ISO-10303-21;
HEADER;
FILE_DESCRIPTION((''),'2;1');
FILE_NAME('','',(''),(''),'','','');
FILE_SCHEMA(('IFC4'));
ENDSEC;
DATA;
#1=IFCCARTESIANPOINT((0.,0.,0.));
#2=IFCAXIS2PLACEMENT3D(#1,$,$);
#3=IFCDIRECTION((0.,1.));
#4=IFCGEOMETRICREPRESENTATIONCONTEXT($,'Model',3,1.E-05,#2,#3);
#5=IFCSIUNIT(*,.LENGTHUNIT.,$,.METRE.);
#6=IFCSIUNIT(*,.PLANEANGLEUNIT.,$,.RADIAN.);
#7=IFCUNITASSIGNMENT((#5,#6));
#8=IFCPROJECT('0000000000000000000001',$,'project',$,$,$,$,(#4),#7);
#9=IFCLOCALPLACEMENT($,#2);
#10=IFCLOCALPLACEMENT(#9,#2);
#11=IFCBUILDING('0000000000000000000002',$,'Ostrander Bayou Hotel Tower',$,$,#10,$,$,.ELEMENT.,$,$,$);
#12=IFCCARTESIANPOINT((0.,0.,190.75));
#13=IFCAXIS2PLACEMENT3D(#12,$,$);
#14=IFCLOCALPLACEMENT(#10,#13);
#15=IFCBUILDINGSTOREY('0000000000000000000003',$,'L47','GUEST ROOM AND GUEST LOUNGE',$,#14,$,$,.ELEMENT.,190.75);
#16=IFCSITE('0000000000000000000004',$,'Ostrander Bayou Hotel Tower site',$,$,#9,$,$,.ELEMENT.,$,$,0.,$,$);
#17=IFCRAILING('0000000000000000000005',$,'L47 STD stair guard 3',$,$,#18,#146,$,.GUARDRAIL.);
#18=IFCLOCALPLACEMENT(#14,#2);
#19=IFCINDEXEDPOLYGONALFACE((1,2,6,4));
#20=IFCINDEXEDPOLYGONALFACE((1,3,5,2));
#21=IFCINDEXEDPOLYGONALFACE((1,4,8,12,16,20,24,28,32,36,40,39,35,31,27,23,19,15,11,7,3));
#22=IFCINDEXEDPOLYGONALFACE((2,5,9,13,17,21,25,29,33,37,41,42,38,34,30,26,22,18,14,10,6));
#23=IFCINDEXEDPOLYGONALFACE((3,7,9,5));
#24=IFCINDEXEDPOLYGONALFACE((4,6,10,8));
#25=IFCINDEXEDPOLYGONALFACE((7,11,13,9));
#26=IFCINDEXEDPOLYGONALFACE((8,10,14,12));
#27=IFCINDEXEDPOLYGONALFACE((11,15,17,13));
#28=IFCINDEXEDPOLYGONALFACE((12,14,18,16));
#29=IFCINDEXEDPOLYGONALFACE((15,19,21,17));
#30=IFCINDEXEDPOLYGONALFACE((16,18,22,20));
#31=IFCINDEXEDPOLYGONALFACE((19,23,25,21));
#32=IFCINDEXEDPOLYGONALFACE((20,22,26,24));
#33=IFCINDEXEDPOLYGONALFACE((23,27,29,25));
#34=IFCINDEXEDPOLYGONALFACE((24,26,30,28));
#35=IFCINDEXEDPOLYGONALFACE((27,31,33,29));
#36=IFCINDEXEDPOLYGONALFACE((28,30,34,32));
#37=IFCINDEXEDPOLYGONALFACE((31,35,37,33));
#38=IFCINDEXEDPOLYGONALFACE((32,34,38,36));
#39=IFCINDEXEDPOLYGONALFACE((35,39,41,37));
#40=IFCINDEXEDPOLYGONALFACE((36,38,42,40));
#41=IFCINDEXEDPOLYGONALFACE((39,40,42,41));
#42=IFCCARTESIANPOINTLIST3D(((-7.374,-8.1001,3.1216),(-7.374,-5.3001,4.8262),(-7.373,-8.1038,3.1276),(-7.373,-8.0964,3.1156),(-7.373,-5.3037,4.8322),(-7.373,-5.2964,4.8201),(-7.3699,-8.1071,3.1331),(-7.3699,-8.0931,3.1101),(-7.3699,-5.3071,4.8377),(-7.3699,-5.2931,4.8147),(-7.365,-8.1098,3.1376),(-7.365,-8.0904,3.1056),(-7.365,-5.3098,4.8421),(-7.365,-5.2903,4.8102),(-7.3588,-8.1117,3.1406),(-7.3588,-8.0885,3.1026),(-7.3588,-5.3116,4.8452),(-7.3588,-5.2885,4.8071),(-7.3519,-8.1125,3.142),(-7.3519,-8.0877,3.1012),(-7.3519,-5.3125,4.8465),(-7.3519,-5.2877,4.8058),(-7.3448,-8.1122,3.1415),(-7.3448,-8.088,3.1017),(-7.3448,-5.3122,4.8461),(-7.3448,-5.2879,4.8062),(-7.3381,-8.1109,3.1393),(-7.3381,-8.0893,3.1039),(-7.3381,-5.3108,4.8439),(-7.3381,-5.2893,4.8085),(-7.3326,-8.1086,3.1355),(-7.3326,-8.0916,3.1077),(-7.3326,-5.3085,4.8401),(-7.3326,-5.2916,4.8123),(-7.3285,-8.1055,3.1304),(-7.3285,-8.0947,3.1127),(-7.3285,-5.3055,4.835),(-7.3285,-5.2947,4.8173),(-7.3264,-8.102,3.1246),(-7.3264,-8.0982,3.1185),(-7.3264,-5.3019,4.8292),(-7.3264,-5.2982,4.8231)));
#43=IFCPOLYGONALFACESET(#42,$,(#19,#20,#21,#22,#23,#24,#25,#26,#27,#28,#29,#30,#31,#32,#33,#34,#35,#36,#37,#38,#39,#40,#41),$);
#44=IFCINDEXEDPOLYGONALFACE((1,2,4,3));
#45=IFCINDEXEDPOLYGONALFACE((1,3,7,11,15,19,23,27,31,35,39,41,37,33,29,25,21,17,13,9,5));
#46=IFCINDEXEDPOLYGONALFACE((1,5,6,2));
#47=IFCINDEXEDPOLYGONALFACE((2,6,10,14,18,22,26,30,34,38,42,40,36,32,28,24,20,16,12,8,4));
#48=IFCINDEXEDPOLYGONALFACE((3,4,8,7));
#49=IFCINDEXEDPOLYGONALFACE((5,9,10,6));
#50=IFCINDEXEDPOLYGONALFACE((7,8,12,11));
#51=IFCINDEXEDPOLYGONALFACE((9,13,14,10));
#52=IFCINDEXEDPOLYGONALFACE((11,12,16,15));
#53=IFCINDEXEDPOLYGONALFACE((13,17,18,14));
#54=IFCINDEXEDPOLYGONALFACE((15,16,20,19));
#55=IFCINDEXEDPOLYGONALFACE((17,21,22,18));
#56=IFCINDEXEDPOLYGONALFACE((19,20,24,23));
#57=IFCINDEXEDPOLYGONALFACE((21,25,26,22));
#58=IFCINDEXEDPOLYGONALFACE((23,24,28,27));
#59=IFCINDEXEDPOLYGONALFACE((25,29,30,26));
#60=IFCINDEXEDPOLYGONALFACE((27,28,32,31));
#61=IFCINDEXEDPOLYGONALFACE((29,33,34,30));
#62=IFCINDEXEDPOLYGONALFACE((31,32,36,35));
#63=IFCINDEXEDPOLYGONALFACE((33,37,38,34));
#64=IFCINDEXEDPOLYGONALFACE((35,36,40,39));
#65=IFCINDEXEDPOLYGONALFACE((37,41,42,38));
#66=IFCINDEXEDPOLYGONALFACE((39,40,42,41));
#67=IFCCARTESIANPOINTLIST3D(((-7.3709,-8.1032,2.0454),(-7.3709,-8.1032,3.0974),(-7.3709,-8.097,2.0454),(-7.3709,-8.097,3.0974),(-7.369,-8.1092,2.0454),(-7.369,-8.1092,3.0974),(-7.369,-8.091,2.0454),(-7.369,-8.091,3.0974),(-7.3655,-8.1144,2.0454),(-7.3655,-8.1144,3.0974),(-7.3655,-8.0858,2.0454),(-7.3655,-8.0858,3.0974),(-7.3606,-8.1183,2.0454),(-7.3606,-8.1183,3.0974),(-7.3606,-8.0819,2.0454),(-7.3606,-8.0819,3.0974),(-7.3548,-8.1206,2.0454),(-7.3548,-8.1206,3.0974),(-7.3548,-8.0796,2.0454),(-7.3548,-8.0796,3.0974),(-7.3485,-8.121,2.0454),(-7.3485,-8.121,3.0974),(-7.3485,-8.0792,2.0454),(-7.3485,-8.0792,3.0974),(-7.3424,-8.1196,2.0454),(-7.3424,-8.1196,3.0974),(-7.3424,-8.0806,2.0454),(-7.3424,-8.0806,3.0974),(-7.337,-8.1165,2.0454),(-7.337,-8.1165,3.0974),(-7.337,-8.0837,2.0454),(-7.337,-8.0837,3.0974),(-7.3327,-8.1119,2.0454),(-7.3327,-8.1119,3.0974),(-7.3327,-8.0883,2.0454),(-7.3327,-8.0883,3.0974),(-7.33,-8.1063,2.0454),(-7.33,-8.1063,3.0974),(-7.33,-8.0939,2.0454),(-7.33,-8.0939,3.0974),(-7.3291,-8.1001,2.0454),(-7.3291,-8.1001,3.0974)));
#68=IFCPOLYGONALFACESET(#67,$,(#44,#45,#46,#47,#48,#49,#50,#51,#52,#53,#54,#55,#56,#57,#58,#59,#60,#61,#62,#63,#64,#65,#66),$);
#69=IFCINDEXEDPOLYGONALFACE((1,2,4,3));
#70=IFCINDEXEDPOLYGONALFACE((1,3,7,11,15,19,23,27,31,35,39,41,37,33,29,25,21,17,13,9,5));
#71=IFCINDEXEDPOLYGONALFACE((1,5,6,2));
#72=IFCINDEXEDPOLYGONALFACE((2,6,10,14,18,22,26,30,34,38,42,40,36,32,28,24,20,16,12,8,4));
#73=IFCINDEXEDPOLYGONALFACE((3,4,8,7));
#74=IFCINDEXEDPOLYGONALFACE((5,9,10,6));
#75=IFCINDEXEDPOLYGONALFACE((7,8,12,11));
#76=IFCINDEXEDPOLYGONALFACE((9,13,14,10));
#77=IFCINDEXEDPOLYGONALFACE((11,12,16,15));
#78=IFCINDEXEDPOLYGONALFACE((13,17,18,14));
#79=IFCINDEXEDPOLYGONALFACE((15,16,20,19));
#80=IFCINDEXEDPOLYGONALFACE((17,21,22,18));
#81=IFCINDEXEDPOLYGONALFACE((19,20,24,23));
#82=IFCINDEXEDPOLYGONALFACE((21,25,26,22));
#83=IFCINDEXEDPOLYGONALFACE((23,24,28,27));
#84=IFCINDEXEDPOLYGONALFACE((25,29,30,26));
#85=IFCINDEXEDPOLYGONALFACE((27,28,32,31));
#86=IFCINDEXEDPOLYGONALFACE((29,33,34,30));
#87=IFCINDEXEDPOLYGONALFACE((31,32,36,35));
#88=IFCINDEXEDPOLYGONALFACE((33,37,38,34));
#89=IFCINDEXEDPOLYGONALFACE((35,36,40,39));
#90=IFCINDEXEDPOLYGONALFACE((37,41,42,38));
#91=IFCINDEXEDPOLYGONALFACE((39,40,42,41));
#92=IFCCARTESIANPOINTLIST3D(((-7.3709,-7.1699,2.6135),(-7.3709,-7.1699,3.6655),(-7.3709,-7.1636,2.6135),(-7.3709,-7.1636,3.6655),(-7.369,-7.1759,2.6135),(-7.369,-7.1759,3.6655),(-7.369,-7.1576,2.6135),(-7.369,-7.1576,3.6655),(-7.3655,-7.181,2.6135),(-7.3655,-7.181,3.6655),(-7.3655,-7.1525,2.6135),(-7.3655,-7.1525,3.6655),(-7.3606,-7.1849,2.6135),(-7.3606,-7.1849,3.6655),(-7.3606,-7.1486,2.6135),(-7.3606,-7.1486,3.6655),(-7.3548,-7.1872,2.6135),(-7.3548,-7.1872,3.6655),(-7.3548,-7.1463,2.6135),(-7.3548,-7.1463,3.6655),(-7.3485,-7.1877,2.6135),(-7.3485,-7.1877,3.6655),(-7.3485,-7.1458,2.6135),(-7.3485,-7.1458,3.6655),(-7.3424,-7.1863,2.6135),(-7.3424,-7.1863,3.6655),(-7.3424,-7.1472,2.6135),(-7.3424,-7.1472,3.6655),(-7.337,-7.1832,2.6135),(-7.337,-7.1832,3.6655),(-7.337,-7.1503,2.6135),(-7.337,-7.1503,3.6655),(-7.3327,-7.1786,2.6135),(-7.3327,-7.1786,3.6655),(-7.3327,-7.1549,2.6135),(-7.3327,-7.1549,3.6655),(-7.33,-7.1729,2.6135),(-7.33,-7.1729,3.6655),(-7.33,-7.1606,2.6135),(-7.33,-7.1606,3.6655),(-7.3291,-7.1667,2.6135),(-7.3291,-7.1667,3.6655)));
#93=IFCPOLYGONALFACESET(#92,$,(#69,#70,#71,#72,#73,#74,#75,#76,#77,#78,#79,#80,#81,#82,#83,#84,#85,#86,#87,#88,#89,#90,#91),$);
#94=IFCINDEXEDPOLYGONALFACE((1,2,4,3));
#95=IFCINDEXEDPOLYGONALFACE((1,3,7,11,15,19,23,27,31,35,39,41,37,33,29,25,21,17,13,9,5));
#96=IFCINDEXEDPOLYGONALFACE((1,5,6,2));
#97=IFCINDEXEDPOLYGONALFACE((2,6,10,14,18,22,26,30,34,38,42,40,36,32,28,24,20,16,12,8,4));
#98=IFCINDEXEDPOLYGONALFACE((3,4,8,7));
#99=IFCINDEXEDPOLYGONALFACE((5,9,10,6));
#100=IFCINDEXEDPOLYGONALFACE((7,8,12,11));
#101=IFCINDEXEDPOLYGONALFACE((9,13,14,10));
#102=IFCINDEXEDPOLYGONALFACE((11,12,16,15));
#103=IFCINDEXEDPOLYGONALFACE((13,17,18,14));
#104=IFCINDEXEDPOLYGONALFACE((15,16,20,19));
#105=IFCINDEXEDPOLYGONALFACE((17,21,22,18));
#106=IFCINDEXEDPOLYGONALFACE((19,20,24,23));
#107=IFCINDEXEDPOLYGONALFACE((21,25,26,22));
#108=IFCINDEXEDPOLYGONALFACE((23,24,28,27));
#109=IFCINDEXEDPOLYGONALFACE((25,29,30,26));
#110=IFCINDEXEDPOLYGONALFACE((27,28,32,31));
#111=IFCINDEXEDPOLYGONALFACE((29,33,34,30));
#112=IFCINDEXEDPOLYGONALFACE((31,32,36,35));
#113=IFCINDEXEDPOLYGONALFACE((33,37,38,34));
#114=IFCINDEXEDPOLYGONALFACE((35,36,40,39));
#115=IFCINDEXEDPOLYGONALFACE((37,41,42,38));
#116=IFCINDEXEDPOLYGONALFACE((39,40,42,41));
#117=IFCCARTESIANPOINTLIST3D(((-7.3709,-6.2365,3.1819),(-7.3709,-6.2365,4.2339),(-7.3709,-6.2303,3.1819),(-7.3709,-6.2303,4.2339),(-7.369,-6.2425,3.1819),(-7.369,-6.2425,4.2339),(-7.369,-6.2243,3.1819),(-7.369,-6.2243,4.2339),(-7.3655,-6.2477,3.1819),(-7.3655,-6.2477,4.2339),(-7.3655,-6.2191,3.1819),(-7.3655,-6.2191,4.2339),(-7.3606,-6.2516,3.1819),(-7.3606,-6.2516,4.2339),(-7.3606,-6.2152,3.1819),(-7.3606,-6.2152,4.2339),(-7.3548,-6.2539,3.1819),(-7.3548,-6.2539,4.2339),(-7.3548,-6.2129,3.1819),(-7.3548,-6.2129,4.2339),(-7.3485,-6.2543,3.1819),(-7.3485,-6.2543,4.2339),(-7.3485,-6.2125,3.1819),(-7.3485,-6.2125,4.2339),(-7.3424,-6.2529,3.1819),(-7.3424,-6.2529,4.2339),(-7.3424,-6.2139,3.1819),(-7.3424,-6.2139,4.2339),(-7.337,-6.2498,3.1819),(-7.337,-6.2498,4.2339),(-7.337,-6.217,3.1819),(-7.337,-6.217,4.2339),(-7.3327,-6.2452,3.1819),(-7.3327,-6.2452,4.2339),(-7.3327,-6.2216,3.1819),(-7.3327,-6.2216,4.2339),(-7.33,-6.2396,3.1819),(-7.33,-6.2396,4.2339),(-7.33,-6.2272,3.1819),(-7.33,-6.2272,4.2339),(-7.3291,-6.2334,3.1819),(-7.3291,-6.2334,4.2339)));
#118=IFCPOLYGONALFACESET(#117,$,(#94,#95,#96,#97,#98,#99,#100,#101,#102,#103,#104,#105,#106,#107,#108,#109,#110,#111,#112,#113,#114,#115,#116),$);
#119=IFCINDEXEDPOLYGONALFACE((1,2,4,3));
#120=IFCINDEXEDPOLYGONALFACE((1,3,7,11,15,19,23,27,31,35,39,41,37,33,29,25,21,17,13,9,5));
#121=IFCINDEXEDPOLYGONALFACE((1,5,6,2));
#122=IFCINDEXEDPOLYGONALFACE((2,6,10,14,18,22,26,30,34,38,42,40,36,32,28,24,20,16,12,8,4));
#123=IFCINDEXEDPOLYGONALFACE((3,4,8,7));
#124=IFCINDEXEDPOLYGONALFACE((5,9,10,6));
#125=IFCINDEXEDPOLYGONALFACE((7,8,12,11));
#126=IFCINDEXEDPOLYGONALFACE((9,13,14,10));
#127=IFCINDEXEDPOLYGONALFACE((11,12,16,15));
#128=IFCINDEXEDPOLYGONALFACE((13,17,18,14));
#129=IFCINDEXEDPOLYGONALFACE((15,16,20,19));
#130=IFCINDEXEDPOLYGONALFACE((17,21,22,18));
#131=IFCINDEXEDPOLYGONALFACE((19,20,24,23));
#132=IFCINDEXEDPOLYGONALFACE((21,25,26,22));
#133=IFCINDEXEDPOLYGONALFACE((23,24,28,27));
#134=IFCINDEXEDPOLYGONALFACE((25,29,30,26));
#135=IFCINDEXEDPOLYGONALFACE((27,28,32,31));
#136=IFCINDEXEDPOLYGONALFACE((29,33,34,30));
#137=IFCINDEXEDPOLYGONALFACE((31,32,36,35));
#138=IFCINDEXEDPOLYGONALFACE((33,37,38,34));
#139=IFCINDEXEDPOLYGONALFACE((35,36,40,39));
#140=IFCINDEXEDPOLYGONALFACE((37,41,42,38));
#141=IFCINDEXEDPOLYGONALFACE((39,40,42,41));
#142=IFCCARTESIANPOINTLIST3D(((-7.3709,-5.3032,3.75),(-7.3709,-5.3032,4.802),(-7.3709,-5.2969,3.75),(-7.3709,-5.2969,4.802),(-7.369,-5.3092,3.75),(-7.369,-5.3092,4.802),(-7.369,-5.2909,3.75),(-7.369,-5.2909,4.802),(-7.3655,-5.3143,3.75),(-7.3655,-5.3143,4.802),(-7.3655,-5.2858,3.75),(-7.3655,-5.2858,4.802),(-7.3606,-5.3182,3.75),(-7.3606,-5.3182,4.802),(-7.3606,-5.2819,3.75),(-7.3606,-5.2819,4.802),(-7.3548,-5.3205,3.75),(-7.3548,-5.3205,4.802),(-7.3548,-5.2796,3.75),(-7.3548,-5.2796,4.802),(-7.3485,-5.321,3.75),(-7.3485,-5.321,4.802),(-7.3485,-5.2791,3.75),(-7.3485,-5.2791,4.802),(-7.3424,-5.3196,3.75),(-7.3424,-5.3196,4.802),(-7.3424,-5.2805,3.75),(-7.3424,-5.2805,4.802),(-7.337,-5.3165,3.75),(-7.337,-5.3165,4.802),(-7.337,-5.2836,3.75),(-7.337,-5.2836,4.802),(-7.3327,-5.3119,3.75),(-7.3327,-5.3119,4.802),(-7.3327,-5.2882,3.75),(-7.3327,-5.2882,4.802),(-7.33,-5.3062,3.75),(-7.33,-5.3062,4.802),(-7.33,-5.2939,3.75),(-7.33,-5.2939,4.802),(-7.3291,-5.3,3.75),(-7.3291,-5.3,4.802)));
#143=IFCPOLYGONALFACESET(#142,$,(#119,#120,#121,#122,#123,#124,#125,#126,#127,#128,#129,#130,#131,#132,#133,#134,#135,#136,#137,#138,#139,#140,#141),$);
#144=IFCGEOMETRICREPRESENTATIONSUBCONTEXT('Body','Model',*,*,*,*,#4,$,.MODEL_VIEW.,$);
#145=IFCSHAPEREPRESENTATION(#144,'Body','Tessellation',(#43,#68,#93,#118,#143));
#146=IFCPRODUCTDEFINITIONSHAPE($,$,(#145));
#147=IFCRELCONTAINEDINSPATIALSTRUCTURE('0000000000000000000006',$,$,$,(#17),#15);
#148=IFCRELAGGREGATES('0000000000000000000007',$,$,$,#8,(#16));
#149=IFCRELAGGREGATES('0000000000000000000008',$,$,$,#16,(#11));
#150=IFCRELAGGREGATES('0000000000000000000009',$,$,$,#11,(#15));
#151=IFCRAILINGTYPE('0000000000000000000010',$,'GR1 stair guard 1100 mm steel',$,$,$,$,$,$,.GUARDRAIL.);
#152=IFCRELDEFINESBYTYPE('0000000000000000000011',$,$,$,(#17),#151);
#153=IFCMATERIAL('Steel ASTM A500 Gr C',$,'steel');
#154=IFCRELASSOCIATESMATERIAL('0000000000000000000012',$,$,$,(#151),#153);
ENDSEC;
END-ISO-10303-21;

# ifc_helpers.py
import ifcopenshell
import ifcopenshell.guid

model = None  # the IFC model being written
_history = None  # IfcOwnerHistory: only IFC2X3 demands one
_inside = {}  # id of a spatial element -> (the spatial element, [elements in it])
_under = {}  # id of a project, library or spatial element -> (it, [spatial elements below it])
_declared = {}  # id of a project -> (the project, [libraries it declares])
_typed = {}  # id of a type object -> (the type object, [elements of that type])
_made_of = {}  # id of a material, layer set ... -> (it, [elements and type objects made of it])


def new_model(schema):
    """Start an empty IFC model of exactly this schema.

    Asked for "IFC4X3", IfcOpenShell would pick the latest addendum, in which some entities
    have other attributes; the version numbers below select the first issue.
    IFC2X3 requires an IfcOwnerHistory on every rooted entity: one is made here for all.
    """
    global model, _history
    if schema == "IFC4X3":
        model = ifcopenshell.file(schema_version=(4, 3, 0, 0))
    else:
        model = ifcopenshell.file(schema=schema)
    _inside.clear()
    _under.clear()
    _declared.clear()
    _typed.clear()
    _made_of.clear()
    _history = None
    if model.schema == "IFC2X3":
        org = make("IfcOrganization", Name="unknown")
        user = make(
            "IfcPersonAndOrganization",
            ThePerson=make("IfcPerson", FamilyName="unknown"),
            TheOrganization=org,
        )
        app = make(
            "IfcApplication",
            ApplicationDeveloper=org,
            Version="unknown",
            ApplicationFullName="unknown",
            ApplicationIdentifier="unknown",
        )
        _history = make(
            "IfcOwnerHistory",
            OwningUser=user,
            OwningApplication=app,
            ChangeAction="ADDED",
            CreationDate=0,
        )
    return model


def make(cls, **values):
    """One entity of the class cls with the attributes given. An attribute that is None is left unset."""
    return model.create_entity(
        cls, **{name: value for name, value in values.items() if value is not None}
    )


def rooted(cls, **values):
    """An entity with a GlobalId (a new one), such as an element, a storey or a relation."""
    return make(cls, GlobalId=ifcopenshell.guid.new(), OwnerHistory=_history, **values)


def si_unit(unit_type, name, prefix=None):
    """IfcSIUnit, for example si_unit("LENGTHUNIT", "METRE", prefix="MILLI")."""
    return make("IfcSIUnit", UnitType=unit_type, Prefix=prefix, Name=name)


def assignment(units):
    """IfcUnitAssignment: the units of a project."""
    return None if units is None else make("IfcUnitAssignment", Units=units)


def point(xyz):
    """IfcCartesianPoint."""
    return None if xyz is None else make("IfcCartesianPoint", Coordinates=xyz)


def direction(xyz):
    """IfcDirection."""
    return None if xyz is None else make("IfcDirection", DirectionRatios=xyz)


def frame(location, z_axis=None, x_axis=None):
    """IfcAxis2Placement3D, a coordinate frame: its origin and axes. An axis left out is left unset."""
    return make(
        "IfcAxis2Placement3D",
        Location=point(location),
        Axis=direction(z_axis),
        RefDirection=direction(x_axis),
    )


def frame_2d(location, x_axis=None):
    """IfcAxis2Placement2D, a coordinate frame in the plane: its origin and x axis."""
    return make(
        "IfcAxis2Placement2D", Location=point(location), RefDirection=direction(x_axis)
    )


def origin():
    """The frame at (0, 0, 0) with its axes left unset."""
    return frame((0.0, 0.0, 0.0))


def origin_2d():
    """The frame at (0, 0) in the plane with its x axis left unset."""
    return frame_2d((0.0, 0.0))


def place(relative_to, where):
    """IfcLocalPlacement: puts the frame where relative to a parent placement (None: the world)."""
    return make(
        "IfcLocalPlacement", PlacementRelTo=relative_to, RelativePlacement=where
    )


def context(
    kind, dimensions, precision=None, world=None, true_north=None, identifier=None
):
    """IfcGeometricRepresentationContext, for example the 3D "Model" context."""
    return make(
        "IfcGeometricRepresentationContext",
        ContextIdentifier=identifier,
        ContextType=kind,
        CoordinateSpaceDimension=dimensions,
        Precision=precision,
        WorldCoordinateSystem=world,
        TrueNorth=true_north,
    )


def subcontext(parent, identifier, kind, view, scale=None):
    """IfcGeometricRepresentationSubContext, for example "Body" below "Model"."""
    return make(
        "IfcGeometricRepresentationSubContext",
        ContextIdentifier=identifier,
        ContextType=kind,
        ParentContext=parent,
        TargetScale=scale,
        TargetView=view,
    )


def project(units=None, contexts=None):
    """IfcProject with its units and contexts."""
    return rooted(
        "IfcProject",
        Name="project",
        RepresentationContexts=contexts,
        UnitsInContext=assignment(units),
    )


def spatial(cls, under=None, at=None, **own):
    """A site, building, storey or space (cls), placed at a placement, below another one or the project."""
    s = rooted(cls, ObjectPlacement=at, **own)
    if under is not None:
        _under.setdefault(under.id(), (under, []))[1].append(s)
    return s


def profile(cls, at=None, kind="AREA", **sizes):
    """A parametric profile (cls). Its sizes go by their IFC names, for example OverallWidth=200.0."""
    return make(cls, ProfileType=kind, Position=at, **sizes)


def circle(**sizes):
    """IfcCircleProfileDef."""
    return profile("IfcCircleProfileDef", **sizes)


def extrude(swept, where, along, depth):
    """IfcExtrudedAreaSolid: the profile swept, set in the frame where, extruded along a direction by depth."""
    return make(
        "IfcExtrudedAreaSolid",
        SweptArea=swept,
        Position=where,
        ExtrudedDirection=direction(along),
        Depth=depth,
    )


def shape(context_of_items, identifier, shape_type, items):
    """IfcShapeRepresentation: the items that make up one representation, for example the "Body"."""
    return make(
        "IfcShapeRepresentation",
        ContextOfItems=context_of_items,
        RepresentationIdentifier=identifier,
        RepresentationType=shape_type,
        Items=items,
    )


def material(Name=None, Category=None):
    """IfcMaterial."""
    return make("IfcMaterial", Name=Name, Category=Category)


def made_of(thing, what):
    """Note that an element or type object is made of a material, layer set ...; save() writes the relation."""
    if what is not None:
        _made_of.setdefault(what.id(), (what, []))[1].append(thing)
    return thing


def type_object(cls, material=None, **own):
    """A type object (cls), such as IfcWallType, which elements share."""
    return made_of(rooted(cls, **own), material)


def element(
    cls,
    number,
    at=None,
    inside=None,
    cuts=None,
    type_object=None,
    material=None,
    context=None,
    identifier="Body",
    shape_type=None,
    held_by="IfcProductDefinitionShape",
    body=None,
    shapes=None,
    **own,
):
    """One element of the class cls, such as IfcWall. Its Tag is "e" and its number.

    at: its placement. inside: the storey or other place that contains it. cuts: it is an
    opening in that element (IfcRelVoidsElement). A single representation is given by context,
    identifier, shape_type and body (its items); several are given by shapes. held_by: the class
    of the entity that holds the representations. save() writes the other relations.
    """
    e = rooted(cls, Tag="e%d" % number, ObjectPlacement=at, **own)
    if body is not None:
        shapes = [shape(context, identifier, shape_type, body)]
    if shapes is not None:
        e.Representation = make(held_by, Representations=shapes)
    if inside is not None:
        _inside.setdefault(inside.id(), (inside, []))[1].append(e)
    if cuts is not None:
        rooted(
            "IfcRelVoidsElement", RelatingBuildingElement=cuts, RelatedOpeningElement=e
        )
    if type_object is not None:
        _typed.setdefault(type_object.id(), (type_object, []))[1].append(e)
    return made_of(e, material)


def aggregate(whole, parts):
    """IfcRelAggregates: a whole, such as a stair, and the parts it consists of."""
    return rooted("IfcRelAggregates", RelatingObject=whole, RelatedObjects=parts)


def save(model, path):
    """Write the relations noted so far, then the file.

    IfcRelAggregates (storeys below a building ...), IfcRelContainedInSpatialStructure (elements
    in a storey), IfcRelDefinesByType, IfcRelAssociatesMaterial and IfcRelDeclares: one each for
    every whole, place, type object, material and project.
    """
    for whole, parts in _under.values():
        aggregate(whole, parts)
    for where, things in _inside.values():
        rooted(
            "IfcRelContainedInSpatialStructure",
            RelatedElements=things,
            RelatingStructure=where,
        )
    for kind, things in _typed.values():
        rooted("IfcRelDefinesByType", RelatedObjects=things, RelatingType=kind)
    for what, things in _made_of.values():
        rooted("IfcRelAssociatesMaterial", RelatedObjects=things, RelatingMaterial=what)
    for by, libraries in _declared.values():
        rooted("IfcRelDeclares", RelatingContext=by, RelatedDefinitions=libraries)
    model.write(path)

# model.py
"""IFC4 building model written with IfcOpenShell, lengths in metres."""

from ifc_helpers import new_model, si_unit, direction, frame, origin, origin_2d, place, context, subcontext, project, spatial, circle, extrude, material, type_object, element, save


model = new_model("IFC4")

# Units and contexts
model_context = context("Model", 3, precision=1e-05, world=origin(), true_north=direction((0.0, 1.0)))
body_context = subcontext(model_context, "Body", "Model", "MODEL_VIEW")
ifc_project = project(units=[si_unit("LENGTHUNIT", "METRE"), si_unit("PLANEANGLEUNIT", "RADIAN")], contexts=[model_context])

# Site, building, storey
site_placement = place(None, origin())
site = spatial("IfcSite", under=ifc_project, at=site_placement, Name="Ostrander Bayou Hotel Tower site", CompositionType="ELEMENT", RefElevation=0.0)
building_placement = place(site_placement, origin())
building = spatial("IfcBuilding", under=site, at=building_placement, Name="Ostrander Bayou Hotel Tower", CompositionType="ELEMENT")
storey_placement = place(building_placement, frame((0.0, 0.0, 190.75)))
storey = spatial("IfcBuildingStorey", under=building, at=storey_placement, Name="L47", Description="GUEST ROOM AND GUEST LOUNGE", CompositionType="ELEMENT", Elevation=190.75)

# Railing
ifc_material_1 = material(Name="Steel ASTM A500 Gr C", Category="steel")
railing_type_1 = type_object("IfcRailingType", Name="GR1 stair guard 1100 mm steel", PredefinedType="GUARDRAIL", material=ifc_material_1)
railing_1_placement = place(storey_placement, frame((-7.3501, -8.1001, 2.0454)))
element("IfcRailing", 1, at=railing_1_placement, inside=storey, type_object=railing_type_1, Name="L47 STD stair guard 3", PredefinedType="GUARDRAIL", context=body_context, shape_type="SweptSolid", body=[
    extrude(circle(Radius=0.0239, at=origin_2d()), frame((0.0, 0.0, 1.0762), z_axis=(0.0, 0.85417, 0.519994), x_axis=(-1.0, 0.0, 0.0)), (0.0, 0.0, 1.0), 3.2781),
    extrude(circle(Radius=0.021, at=origin_2d()), origin(), (0.0, 0.0, 1.0), 1.052),
    extrude(circle(Radius=0.021, at=origin_2d()), frame((0.0, 0.9333, 0.5681)), (0.0, 0.0, 1.0), 1.052),
    extrude(circle(Radius=0.021, at=origin_2d()), frame((0.0, 1.8667, 1.1365)), (0.0, 0.0, 1.0), 1.052),
    extrude(circle(Radius=0.021, at=origin_2d()), frame((0.0, 2.8, 1.7046)), (0.0, 0.0, 1.0), 1.052),
])

save(model, "model.ifc")
